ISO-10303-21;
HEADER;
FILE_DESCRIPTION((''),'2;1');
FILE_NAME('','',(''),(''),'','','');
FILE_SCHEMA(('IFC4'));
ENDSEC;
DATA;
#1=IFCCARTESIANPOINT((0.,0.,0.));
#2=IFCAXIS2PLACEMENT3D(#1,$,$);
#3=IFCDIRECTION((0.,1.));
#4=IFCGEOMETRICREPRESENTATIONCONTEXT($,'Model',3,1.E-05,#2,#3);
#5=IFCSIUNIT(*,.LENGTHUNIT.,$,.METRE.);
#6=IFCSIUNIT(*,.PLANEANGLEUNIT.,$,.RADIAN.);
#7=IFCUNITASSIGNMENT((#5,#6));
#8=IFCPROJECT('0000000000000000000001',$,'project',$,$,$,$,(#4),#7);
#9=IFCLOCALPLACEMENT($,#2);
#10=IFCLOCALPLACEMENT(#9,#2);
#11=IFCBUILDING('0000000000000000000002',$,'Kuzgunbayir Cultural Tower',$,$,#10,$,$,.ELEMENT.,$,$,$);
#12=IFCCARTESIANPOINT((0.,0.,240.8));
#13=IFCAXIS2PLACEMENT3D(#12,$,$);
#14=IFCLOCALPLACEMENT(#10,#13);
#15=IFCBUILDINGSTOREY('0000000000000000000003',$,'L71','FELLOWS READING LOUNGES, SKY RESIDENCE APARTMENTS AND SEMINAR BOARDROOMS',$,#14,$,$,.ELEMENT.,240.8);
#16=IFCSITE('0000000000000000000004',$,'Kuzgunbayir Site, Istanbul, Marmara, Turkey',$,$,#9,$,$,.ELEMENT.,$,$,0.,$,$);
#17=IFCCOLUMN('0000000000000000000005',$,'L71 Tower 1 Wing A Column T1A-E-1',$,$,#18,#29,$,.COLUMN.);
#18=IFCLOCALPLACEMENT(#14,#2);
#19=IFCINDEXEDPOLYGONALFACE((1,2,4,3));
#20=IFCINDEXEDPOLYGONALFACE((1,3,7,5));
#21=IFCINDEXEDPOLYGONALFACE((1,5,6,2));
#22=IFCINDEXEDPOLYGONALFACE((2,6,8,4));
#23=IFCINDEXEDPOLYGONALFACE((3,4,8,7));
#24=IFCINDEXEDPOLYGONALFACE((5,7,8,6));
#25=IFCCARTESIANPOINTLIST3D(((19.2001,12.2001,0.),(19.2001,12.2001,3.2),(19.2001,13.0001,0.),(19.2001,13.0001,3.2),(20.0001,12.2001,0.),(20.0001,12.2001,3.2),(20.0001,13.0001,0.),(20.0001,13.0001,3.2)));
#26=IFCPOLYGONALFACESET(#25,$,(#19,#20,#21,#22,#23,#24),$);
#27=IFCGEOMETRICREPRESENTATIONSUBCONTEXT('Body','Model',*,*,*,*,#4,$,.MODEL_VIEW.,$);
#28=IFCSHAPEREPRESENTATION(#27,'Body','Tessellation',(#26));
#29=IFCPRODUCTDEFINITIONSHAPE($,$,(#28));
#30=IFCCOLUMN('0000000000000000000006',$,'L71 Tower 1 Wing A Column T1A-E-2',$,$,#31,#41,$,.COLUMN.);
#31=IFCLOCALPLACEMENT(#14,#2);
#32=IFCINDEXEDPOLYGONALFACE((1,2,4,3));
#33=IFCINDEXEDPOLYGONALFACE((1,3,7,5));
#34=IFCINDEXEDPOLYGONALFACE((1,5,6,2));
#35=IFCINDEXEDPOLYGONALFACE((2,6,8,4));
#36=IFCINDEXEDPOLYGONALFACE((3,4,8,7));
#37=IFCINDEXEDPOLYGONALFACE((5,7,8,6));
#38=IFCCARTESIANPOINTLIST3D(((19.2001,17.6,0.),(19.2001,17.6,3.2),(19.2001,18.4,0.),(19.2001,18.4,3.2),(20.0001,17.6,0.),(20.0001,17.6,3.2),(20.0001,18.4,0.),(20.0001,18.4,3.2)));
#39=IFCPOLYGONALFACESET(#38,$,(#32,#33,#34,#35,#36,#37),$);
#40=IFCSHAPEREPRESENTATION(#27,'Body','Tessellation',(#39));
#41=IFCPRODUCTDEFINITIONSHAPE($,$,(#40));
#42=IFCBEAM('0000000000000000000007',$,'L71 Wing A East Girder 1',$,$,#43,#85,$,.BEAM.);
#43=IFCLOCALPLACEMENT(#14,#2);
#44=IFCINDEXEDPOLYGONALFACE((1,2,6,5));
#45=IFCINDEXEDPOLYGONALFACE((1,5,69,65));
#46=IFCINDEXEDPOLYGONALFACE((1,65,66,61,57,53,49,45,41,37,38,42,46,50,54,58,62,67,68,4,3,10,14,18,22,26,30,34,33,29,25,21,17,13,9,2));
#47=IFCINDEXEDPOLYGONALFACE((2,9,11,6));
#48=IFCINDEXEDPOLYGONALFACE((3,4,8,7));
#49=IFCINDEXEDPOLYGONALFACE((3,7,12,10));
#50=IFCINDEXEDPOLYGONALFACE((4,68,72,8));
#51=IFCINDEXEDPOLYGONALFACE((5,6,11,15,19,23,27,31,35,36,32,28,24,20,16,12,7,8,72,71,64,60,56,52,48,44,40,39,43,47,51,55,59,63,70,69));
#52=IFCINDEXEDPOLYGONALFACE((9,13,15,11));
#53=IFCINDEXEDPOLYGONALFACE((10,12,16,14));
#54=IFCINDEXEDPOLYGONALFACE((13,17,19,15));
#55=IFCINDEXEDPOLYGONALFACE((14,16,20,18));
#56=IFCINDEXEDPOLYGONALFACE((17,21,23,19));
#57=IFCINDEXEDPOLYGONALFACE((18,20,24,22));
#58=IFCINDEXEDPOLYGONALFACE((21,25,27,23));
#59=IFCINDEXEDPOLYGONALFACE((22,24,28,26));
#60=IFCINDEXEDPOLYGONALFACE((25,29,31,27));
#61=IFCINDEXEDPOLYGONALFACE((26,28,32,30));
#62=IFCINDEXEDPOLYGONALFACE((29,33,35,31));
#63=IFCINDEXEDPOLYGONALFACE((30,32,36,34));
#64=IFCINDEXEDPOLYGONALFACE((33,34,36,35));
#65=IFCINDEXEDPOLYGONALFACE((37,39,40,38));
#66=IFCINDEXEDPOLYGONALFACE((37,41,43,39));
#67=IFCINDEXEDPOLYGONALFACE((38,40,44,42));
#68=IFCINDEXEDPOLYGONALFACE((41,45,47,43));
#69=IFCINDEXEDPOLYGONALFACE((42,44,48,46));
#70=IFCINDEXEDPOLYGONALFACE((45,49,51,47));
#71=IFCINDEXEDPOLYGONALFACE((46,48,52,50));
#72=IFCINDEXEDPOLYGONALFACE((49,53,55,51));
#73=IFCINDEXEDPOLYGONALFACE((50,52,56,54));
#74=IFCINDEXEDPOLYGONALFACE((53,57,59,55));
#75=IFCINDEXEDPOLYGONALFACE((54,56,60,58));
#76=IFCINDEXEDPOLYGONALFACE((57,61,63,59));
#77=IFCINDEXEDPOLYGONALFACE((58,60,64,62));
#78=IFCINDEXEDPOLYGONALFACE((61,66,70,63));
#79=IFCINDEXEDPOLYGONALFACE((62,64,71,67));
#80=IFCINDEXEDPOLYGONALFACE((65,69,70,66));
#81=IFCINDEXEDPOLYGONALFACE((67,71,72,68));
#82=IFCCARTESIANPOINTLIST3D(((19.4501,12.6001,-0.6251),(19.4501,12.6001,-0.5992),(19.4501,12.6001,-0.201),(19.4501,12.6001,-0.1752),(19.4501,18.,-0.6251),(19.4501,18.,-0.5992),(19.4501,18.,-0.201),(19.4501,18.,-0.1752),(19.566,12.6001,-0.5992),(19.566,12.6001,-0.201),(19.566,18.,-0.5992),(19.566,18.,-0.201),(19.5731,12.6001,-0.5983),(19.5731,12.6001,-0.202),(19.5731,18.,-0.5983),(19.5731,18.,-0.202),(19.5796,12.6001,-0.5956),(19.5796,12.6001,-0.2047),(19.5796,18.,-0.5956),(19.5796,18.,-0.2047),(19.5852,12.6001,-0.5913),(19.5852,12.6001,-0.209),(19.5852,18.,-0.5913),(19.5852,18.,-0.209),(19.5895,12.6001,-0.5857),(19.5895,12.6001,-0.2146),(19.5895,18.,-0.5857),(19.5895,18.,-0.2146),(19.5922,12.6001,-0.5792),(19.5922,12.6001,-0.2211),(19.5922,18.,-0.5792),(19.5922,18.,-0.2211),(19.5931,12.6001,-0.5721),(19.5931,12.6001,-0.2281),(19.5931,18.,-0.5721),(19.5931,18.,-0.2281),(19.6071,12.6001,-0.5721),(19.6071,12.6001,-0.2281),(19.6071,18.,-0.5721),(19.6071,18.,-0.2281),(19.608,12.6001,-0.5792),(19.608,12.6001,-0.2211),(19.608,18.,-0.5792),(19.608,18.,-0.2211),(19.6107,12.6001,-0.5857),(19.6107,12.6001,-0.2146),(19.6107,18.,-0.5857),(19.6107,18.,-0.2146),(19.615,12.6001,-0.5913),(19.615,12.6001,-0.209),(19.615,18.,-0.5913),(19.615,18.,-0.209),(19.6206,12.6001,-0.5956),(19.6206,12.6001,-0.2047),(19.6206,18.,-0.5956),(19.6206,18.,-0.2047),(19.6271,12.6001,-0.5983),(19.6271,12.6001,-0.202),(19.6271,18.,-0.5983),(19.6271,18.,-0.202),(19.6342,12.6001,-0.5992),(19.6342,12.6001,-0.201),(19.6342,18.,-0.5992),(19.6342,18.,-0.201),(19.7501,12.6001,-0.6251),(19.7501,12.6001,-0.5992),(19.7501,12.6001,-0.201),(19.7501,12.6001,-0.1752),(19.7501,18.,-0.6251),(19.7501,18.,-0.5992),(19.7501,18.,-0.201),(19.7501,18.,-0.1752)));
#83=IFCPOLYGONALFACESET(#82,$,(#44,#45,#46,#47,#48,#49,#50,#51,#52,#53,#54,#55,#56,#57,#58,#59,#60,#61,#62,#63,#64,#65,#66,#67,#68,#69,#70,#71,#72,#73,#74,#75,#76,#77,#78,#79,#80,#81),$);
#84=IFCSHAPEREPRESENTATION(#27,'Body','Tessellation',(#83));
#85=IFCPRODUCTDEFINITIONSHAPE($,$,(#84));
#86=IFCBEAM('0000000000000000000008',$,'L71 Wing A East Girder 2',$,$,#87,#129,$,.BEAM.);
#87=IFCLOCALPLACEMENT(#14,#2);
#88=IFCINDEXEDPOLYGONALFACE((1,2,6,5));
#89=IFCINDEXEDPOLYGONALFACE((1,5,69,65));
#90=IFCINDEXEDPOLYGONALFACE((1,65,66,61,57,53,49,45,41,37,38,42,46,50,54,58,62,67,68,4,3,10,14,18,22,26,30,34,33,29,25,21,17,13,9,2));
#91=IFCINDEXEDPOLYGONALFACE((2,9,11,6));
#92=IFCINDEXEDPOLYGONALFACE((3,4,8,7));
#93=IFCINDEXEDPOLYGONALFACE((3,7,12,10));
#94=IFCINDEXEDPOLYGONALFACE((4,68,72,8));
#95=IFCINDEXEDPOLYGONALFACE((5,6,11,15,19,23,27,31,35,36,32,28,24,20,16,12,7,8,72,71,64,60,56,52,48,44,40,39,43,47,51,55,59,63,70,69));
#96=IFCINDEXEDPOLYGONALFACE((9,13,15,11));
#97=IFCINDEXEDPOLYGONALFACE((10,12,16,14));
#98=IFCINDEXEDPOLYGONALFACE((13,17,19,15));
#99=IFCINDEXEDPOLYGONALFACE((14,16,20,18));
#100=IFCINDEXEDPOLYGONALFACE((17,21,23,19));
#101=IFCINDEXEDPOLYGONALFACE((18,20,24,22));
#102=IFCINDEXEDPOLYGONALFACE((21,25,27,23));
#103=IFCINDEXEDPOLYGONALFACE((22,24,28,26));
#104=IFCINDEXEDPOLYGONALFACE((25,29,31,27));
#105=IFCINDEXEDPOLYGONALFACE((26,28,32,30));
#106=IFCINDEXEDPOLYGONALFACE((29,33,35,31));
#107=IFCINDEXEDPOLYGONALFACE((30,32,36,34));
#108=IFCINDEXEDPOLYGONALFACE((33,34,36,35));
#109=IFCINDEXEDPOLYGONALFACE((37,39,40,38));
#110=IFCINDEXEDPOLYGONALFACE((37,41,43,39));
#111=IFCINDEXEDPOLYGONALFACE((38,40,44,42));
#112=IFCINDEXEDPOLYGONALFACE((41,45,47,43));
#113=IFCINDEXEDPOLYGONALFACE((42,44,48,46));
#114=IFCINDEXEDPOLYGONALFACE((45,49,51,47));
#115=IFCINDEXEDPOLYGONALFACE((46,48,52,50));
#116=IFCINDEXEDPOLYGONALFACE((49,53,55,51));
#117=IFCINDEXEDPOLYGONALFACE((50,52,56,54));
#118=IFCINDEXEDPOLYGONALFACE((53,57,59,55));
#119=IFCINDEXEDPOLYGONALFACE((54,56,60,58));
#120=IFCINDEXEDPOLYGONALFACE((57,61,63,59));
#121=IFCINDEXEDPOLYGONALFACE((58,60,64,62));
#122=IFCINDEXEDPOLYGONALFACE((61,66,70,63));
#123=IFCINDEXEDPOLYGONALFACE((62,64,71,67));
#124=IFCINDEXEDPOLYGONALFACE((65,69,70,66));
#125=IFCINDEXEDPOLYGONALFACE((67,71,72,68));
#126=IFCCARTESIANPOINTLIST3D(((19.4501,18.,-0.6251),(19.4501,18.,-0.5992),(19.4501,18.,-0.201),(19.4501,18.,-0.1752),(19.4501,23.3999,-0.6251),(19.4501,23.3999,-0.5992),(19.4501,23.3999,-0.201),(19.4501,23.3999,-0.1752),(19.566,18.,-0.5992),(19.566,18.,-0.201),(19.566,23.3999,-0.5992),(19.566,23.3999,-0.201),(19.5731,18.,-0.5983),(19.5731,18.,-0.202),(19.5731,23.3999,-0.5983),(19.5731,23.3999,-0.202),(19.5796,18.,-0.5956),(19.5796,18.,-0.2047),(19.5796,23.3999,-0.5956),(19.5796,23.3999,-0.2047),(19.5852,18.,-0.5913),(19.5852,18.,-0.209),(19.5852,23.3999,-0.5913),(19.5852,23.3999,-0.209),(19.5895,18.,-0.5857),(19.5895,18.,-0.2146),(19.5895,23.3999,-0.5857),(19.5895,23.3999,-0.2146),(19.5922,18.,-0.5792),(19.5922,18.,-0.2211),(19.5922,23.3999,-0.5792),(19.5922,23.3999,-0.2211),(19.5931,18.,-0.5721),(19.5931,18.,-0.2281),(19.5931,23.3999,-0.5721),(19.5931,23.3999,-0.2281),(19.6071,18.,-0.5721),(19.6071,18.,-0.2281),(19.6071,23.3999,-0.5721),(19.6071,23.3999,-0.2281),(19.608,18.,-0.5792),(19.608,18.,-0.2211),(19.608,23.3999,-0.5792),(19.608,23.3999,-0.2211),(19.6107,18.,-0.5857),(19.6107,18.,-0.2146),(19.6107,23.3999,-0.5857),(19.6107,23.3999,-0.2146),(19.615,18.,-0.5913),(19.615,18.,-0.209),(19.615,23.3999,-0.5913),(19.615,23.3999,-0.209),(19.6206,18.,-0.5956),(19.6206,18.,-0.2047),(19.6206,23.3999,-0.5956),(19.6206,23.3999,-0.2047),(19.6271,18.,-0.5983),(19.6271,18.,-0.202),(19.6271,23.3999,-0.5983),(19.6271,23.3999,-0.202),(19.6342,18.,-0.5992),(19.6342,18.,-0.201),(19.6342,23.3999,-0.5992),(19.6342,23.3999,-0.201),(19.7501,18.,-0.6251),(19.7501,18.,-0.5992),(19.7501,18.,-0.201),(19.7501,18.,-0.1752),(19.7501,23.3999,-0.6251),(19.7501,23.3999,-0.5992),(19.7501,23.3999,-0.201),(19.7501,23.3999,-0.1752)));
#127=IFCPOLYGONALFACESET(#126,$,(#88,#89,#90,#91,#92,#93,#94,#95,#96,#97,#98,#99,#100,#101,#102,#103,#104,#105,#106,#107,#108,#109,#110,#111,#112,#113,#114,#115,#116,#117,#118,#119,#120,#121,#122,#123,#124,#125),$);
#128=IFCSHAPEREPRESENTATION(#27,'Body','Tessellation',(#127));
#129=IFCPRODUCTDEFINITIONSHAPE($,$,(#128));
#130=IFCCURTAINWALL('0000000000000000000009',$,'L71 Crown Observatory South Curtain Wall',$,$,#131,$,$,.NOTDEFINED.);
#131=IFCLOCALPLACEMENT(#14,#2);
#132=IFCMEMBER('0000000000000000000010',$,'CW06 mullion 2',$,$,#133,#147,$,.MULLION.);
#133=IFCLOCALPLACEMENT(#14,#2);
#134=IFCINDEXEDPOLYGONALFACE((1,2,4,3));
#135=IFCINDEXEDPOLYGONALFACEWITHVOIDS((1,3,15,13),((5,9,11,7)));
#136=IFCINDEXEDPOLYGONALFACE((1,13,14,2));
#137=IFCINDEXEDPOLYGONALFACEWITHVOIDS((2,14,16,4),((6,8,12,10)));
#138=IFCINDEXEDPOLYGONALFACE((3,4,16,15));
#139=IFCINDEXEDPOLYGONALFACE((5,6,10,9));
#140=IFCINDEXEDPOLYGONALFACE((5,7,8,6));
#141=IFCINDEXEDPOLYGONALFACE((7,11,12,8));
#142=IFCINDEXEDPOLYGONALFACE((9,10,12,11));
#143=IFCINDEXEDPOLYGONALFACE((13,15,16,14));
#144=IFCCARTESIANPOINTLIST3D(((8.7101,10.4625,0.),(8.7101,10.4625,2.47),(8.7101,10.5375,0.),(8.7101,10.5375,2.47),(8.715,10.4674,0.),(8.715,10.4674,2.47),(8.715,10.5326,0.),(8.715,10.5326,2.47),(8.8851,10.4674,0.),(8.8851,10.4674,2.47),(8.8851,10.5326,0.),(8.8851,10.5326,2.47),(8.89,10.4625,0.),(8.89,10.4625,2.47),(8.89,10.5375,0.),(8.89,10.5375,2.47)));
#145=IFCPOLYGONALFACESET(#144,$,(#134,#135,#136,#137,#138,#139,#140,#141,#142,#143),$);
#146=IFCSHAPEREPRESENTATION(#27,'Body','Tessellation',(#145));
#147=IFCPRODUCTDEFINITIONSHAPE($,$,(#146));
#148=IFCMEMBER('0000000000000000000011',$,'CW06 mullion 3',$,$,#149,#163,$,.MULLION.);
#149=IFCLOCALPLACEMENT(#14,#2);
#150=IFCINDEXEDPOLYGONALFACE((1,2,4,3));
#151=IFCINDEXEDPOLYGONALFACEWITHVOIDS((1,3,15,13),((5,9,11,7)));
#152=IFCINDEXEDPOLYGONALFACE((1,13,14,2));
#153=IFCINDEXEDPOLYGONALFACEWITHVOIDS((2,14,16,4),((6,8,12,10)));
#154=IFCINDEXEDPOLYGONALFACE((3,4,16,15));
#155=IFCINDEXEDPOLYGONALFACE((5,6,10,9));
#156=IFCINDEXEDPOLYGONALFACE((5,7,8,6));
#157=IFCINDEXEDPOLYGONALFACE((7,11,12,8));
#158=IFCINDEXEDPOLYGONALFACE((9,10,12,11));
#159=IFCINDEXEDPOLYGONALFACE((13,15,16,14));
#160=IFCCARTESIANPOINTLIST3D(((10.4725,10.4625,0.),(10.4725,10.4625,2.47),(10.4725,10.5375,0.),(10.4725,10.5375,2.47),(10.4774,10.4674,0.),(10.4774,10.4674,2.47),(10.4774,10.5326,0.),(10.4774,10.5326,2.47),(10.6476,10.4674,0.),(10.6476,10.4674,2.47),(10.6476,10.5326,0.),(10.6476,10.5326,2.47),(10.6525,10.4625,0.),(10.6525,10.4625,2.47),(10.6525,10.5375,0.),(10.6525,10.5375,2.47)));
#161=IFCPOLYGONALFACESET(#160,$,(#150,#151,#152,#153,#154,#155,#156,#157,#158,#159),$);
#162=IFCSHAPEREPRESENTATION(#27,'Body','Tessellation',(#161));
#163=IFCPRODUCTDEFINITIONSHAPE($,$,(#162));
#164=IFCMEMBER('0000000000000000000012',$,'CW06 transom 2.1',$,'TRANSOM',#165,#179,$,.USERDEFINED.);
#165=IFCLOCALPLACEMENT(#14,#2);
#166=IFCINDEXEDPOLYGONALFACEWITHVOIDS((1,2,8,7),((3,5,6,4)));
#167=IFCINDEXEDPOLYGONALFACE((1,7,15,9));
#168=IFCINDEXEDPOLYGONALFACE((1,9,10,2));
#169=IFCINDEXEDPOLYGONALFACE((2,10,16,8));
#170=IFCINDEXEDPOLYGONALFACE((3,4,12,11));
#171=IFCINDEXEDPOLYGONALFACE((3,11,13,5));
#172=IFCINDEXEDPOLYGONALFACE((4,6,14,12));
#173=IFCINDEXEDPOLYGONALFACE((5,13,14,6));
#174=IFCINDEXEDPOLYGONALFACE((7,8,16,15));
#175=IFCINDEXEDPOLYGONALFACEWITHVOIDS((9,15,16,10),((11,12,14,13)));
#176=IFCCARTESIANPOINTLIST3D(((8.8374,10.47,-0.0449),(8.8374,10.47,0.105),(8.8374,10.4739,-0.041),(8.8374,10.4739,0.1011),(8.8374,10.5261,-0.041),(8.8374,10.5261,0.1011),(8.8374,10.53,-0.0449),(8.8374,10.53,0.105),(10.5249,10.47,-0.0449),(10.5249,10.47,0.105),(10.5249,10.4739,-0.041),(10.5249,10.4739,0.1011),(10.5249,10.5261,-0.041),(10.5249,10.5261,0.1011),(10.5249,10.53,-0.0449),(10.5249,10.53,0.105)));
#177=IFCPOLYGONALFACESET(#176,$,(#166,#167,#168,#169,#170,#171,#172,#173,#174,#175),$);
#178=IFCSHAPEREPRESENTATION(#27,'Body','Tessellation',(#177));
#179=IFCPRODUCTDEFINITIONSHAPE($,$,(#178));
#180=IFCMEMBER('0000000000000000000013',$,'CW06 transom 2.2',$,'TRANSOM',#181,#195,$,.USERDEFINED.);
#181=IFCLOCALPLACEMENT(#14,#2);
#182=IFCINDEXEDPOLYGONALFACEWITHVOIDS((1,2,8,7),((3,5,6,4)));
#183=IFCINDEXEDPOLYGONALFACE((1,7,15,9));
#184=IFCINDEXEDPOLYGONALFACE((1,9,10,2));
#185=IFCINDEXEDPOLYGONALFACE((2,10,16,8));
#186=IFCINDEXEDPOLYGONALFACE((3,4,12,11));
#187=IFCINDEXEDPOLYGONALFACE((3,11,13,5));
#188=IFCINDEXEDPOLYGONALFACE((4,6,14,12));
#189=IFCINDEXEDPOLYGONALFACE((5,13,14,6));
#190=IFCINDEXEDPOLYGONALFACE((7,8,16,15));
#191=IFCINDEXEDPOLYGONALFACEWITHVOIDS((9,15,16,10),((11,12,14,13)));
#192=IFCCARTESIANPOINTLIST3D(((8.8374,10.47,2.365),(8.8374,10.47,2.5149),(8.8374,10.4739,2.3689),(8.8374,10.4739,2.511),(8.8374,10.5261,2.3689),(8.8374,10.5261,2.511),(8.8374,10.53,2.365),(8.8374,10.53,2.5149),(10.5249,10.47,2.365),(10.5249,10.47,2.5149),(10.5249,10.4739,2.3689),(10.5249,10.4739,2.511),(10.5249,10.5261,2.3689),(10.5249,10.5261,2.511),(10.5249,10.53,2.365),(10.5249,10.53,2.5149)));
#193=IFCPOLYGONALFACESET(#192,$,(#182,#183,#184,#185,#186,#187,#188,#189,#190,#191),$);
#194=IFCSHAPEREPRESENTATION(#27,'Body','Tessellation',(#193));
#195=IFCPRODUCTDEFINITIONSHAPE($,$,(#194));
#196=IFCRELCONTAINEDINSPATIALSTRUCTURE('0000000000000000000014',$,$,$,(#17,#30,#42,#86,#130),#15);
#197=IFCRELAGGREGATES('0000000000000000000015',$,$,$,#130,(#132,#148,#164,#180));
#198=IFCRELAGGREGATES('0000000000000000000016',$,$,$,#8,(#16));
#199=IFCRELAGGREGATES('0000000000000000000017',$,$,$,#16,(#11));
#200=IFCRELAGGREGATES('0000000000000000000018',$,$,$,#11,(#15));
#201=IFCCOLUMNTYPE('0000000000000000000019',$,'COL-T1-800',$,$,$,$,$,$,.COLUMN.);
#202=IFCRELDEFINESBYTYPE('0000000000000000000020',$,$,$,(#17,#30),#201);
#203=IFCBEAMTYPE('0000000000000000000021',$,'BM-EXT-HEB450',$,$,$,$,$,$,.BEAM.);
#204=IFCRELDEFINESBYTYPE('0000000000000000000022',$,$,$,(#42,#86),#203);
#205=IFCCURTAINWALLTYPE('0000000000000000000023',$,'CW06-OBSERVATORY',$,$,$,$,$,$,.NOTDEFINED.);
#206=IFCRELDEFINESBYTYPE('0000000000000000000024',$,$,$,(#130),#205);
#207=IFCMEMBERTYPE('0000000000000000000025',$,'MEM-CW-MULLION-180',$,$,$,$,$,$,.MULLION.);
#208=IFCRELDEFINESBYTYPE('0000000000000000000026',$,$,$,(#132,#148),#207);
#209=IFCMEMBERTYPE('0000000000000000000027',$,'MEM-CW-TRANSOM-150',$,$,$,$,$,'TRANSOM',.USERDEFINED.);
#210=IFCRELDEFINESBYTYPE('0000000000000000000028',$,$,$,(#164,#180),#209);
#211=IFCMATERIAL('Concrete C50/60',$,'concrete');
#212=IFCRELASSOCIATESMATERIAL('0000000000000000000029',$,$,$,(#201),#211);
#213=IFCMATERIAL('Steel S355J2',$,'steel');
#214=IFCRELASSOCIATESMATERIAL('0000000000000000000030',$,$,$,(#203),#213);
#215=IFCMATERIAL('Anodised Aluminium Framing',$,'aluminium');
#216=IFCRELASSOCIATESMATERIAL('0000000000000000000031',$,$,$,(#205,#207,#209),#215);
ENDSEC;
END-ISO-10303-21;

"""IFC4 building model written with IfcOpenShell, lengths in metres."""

from ifc_helpers import new_model, si_unit, direction, frame, origin, origin_2d, place, context, subcontext, project, spatial, rectangle, hollow_rectangle, i_section, extrude, material, material_profile, profile_set, type_object, element, aggregate, save


model = new_model("IFC4")

# Units and contexts
model_context = context("Model", 3, precision=1e-05, world=origin(), true_north=direction((0.0, 1.0)))
body_context = subcontext(model_context, "Body", "Model", "MODEL_VIEW")
ifc_project = project(units=[si_unit("LENGTHUNIT", "METRE"), si_unit("PLANEANGLEUNIT", "RADIAN")], contexts=[model_context])

# Site, building, storey
site_placement = place(None, origin())
site = spatial("IfcSite", under=ifc_project, at=site_placement, Name="Kuzgunbayir Site, Istanbul, Marmara, Turkey", CompositionType="ELEMENT", RefElevation=0.0)
building_placement = place(site_placement, origin())
building = spatial("IfcBuilding", under=site, at=building_placement, Name="Kuzgunbayir Cultural Tower", CompositionType="ELEMENT")
storey_placement = place(building_placement, frame((0.0, 0.0, 240.8)))
storey = spatial("IfcBuildingStorey", under=building, at=storey_placement, Name="L71", Description="FELLOWS READING LOUNGES, SKY RESIDENCE APARTMENTS AND SEMINAR BOARDROOMS", CompositionType="ELEMENT", Elevation=240.8)

# Columns
ifc_material_1 = material(Name="Concrete C50/60", Category="concrete")
ifc_material_profile_1 = material_profile(ifc_material_1, rectangle(XDim=0.8, YDim=0.8, at=origin_2d()), Name="RC 800x800")
ifc_profile_set_1 = profile_set([ifc_material_profile_1], Name="Concrete C50/60")
column_type = type_object("IfcColumnType", Name="COL-T1-800", PredefinedType="COLUMN", material=ifc_profile_set_1)
for number, where, z_axis, x_axis, name in (
    (1, (19.6001, 12.6001, 0.0), (0.0, 0.0, 1.0), (1.0, 0.0, 0.0), "L71 Tower 1 Wing A Column T1A-E-1"),
    (2, (19.6001, 18.0, 0.0), (0.0, 0.0, 1.0), (1.0, 0.0, 0.0), "L71 Tower 1 Wing A Column T1A-E-2"),
):
    element("IfcColumn", number, at=place(storey_placement, frame(where, z_axis=z_axis, x_axis=x_axis)), inside=storey, type_object=column_type, Name=name, PredefinedType="COLUMN", context=body_context, shape_type="SweptSolid", body=[
        extrude(rectangle(XDim=0.8, YDim=0.8, at=origin_2d()), origin(), (0.0, 0.0, 1.0), 3.2),
    ])

# Beams
ifc_material_2 = material(Name="Steel S355J2", Category="steel")
ifc_material_profile_2 = material_profile(ifc_material_2, i_section(OverallWidth=0.3, OverallDepth=0.45, WebThickness=0.0139, FlangeThickness=0.0259, FilletRadius=0.0271, at=origin_2d()), Name="HEB 450")
ifc_profile_set_2 = profile_set([ifc_material_profile_2], Name="Steel S355J2")
beam_type = type_object("IfcBeamType", Name="BM-EXT-HEB450", PredefinedType="BEAM", material=ifc_profile_set_2)
for number, where, z_axis, x_axis, name in (
    (3, (19.6001, 12.6001, -0.4001), (0.0, 1.0, 0.0), (-1.0, 0.0, 0.0), "L71 Wing A East Girder 1"),
    (4, (19.6001, 18.0, -0.4001), (0.0, 1.0, 0.0), (-1.0, 0.0, 0.0), "L71 Wing A East Girder 2"),
):
    element("IfcBeam", number, at=place(storey_placement, frame(where, z_axis=z_axis, x_axis=x_axis)), inside=storey, type_object=beam_type, Name=name, PredefinedType="BEAM", context=body_context, shape_type="SweptSolid", body=[
        extrude(i_section(OverallWidth=0.3, OverallDepth=0.45, WebThickness=0.0139, FlangeThickness=0.0259, FilletRadius=0.0271, at=origin_2d()), origin(), (0.0, 0.0, 1.0), 5.3999),
    ])

# Curtain wall, members
ifc_material_3 = material(Name="Anodised Aluminium Framing", Category="aluminium")
curtain_wall_type = type_object("IfcCurtainWallType", Name="CW06-OBSERVATORY", PredefinedType="NOTDEFINED", material=ifc_material_3)
curtain_wall_placement = place(storey_placement, origin())
curtain_wall = element("IfcCurtainWall", 5, at=curtain_wall_placement, inside=storey, type_object=curtain_wall_type, Name="L71 Crown Observatory South Curtain Wall", PredefinedType="NOTDEFINED")
ifc_material_profile_3 = material_profile(ifc_material_3, hollow_rectangle(XDim=0.075, YDim=0.1799, WallThickness=0.0049, at=origin_2d()), Name="RHS 180x75x5")
ifc_profile_set_3 = profile_set([ifc_material_profile_3], Name="Anodised Aluminium Framing")
member_type_1 = type_object("IfcMemberType", Name="MEM-CW-MULLION-180", PredefinedType="MULLION", material=ifc_profile_set_3)
member_1_placement = place(storey_placement, frame((8.8, 10.5, 0.0), z_axis=(0.0, 0.0, 1.0), x_axis=(0.0, 1.0, 0.0)))
member_1 = element("IfcMember", 6, at=member_1_placement, type_object=member_type_1, Name="CW06 mullion 2", PredefinedType="MULLION", context=body_context, shape_type="SweptSolid", body=[
    extrude(hollow_rectangle(XDim=0.075, YDim=0.1799, WallThickness=0.0049, at=origin_2d()), origin(), (0.0, 0.0, 1.0), 2.47),
])
member_2_placement = place(storey_placement, frame((10.5625, 10.5, 0.0), z_axis=(0.0, 0.0, 1.0), x_axis=(0.0, 1.0, 0.0)))
member_2 = element("IfcMember", 7, at=member_2_placement, type_object=member_type_1, Name="CW06 mullion 3", PredefinedType="MULLION", context=body_context, shape_type="SweptSolid", body=[
    extrude(hollow_rectangle(XDim=0.075, YDim=0.1799, WallThickness=0.0049, at=origin_2d()), origin(), (0.0, 0.0, 1.0), 2.47),
])
ifc_material_profile_4 = material_profile(ifc_material_3, hollow_rectangle(XDim=0.0601, YDim=0.1499, WallThickness=0.0039, at=origin_2d()), Name="RHS 150x60x4")
ifc_profile_set_4 = profile_set([ifc_material_profile_4], Name="Anodised Aluminium Framing")
member_type_2 = type_object("IfcMemberType", Name="MEM-CW-TRANSOM-150", ElementType="TRANSOM", PredefinedType="USERDEFINED", material=ifc_profile_set_4)
member_3_placement = place(storey_placement, frame((8.8374, 10.5, 0.03), z_axis=(1.0, 0.0, 0.0), x_axis=(0.0, 1.0, 0.0)))
member_3 = element("IfcMember", 8, at=member_3_placement, type_object=member_type_2, Name="CW06 transom 2.1", ObjectType="TRANSOM", PredefinedType="USERDEFINED", context=body_context, shape_type="SweptSolid", body=[
    extrude(hollow_rectangle(XDim=0.0601, YDim=0.1499, WallThickness=0.0039, at=origin_2d()), origin(), (0.0, 0.0, 1.0), 1.6875),
])
member_4_placement = place(storey_placement, frame((8.8374, 10.5, 2.4399), z_axis=(1.0, 0.0, 0.0), x_axis=(0.0, 1.0, 0.0)))
member_4 = element("IfcMember", 9, at=member_4_placement, type_object=member_type_2, Name="CW06 transom 2.2", ObjectType="TRANSOM", PredefinedType="USERDEFINED", context=body_context, shape_type="SweptSolid", body=[
    extrude(hollow_rectangle(XDim=0.0601, YDim=0.1499, WallThickness=0.0039, at=origin_2d()), origin(), (0.0, 0.0, 1.0), 1.6875),
])
aggregate(curtain_wall, [member_1, member_2, member_3, member_4])

save(model, "model.ifc")
